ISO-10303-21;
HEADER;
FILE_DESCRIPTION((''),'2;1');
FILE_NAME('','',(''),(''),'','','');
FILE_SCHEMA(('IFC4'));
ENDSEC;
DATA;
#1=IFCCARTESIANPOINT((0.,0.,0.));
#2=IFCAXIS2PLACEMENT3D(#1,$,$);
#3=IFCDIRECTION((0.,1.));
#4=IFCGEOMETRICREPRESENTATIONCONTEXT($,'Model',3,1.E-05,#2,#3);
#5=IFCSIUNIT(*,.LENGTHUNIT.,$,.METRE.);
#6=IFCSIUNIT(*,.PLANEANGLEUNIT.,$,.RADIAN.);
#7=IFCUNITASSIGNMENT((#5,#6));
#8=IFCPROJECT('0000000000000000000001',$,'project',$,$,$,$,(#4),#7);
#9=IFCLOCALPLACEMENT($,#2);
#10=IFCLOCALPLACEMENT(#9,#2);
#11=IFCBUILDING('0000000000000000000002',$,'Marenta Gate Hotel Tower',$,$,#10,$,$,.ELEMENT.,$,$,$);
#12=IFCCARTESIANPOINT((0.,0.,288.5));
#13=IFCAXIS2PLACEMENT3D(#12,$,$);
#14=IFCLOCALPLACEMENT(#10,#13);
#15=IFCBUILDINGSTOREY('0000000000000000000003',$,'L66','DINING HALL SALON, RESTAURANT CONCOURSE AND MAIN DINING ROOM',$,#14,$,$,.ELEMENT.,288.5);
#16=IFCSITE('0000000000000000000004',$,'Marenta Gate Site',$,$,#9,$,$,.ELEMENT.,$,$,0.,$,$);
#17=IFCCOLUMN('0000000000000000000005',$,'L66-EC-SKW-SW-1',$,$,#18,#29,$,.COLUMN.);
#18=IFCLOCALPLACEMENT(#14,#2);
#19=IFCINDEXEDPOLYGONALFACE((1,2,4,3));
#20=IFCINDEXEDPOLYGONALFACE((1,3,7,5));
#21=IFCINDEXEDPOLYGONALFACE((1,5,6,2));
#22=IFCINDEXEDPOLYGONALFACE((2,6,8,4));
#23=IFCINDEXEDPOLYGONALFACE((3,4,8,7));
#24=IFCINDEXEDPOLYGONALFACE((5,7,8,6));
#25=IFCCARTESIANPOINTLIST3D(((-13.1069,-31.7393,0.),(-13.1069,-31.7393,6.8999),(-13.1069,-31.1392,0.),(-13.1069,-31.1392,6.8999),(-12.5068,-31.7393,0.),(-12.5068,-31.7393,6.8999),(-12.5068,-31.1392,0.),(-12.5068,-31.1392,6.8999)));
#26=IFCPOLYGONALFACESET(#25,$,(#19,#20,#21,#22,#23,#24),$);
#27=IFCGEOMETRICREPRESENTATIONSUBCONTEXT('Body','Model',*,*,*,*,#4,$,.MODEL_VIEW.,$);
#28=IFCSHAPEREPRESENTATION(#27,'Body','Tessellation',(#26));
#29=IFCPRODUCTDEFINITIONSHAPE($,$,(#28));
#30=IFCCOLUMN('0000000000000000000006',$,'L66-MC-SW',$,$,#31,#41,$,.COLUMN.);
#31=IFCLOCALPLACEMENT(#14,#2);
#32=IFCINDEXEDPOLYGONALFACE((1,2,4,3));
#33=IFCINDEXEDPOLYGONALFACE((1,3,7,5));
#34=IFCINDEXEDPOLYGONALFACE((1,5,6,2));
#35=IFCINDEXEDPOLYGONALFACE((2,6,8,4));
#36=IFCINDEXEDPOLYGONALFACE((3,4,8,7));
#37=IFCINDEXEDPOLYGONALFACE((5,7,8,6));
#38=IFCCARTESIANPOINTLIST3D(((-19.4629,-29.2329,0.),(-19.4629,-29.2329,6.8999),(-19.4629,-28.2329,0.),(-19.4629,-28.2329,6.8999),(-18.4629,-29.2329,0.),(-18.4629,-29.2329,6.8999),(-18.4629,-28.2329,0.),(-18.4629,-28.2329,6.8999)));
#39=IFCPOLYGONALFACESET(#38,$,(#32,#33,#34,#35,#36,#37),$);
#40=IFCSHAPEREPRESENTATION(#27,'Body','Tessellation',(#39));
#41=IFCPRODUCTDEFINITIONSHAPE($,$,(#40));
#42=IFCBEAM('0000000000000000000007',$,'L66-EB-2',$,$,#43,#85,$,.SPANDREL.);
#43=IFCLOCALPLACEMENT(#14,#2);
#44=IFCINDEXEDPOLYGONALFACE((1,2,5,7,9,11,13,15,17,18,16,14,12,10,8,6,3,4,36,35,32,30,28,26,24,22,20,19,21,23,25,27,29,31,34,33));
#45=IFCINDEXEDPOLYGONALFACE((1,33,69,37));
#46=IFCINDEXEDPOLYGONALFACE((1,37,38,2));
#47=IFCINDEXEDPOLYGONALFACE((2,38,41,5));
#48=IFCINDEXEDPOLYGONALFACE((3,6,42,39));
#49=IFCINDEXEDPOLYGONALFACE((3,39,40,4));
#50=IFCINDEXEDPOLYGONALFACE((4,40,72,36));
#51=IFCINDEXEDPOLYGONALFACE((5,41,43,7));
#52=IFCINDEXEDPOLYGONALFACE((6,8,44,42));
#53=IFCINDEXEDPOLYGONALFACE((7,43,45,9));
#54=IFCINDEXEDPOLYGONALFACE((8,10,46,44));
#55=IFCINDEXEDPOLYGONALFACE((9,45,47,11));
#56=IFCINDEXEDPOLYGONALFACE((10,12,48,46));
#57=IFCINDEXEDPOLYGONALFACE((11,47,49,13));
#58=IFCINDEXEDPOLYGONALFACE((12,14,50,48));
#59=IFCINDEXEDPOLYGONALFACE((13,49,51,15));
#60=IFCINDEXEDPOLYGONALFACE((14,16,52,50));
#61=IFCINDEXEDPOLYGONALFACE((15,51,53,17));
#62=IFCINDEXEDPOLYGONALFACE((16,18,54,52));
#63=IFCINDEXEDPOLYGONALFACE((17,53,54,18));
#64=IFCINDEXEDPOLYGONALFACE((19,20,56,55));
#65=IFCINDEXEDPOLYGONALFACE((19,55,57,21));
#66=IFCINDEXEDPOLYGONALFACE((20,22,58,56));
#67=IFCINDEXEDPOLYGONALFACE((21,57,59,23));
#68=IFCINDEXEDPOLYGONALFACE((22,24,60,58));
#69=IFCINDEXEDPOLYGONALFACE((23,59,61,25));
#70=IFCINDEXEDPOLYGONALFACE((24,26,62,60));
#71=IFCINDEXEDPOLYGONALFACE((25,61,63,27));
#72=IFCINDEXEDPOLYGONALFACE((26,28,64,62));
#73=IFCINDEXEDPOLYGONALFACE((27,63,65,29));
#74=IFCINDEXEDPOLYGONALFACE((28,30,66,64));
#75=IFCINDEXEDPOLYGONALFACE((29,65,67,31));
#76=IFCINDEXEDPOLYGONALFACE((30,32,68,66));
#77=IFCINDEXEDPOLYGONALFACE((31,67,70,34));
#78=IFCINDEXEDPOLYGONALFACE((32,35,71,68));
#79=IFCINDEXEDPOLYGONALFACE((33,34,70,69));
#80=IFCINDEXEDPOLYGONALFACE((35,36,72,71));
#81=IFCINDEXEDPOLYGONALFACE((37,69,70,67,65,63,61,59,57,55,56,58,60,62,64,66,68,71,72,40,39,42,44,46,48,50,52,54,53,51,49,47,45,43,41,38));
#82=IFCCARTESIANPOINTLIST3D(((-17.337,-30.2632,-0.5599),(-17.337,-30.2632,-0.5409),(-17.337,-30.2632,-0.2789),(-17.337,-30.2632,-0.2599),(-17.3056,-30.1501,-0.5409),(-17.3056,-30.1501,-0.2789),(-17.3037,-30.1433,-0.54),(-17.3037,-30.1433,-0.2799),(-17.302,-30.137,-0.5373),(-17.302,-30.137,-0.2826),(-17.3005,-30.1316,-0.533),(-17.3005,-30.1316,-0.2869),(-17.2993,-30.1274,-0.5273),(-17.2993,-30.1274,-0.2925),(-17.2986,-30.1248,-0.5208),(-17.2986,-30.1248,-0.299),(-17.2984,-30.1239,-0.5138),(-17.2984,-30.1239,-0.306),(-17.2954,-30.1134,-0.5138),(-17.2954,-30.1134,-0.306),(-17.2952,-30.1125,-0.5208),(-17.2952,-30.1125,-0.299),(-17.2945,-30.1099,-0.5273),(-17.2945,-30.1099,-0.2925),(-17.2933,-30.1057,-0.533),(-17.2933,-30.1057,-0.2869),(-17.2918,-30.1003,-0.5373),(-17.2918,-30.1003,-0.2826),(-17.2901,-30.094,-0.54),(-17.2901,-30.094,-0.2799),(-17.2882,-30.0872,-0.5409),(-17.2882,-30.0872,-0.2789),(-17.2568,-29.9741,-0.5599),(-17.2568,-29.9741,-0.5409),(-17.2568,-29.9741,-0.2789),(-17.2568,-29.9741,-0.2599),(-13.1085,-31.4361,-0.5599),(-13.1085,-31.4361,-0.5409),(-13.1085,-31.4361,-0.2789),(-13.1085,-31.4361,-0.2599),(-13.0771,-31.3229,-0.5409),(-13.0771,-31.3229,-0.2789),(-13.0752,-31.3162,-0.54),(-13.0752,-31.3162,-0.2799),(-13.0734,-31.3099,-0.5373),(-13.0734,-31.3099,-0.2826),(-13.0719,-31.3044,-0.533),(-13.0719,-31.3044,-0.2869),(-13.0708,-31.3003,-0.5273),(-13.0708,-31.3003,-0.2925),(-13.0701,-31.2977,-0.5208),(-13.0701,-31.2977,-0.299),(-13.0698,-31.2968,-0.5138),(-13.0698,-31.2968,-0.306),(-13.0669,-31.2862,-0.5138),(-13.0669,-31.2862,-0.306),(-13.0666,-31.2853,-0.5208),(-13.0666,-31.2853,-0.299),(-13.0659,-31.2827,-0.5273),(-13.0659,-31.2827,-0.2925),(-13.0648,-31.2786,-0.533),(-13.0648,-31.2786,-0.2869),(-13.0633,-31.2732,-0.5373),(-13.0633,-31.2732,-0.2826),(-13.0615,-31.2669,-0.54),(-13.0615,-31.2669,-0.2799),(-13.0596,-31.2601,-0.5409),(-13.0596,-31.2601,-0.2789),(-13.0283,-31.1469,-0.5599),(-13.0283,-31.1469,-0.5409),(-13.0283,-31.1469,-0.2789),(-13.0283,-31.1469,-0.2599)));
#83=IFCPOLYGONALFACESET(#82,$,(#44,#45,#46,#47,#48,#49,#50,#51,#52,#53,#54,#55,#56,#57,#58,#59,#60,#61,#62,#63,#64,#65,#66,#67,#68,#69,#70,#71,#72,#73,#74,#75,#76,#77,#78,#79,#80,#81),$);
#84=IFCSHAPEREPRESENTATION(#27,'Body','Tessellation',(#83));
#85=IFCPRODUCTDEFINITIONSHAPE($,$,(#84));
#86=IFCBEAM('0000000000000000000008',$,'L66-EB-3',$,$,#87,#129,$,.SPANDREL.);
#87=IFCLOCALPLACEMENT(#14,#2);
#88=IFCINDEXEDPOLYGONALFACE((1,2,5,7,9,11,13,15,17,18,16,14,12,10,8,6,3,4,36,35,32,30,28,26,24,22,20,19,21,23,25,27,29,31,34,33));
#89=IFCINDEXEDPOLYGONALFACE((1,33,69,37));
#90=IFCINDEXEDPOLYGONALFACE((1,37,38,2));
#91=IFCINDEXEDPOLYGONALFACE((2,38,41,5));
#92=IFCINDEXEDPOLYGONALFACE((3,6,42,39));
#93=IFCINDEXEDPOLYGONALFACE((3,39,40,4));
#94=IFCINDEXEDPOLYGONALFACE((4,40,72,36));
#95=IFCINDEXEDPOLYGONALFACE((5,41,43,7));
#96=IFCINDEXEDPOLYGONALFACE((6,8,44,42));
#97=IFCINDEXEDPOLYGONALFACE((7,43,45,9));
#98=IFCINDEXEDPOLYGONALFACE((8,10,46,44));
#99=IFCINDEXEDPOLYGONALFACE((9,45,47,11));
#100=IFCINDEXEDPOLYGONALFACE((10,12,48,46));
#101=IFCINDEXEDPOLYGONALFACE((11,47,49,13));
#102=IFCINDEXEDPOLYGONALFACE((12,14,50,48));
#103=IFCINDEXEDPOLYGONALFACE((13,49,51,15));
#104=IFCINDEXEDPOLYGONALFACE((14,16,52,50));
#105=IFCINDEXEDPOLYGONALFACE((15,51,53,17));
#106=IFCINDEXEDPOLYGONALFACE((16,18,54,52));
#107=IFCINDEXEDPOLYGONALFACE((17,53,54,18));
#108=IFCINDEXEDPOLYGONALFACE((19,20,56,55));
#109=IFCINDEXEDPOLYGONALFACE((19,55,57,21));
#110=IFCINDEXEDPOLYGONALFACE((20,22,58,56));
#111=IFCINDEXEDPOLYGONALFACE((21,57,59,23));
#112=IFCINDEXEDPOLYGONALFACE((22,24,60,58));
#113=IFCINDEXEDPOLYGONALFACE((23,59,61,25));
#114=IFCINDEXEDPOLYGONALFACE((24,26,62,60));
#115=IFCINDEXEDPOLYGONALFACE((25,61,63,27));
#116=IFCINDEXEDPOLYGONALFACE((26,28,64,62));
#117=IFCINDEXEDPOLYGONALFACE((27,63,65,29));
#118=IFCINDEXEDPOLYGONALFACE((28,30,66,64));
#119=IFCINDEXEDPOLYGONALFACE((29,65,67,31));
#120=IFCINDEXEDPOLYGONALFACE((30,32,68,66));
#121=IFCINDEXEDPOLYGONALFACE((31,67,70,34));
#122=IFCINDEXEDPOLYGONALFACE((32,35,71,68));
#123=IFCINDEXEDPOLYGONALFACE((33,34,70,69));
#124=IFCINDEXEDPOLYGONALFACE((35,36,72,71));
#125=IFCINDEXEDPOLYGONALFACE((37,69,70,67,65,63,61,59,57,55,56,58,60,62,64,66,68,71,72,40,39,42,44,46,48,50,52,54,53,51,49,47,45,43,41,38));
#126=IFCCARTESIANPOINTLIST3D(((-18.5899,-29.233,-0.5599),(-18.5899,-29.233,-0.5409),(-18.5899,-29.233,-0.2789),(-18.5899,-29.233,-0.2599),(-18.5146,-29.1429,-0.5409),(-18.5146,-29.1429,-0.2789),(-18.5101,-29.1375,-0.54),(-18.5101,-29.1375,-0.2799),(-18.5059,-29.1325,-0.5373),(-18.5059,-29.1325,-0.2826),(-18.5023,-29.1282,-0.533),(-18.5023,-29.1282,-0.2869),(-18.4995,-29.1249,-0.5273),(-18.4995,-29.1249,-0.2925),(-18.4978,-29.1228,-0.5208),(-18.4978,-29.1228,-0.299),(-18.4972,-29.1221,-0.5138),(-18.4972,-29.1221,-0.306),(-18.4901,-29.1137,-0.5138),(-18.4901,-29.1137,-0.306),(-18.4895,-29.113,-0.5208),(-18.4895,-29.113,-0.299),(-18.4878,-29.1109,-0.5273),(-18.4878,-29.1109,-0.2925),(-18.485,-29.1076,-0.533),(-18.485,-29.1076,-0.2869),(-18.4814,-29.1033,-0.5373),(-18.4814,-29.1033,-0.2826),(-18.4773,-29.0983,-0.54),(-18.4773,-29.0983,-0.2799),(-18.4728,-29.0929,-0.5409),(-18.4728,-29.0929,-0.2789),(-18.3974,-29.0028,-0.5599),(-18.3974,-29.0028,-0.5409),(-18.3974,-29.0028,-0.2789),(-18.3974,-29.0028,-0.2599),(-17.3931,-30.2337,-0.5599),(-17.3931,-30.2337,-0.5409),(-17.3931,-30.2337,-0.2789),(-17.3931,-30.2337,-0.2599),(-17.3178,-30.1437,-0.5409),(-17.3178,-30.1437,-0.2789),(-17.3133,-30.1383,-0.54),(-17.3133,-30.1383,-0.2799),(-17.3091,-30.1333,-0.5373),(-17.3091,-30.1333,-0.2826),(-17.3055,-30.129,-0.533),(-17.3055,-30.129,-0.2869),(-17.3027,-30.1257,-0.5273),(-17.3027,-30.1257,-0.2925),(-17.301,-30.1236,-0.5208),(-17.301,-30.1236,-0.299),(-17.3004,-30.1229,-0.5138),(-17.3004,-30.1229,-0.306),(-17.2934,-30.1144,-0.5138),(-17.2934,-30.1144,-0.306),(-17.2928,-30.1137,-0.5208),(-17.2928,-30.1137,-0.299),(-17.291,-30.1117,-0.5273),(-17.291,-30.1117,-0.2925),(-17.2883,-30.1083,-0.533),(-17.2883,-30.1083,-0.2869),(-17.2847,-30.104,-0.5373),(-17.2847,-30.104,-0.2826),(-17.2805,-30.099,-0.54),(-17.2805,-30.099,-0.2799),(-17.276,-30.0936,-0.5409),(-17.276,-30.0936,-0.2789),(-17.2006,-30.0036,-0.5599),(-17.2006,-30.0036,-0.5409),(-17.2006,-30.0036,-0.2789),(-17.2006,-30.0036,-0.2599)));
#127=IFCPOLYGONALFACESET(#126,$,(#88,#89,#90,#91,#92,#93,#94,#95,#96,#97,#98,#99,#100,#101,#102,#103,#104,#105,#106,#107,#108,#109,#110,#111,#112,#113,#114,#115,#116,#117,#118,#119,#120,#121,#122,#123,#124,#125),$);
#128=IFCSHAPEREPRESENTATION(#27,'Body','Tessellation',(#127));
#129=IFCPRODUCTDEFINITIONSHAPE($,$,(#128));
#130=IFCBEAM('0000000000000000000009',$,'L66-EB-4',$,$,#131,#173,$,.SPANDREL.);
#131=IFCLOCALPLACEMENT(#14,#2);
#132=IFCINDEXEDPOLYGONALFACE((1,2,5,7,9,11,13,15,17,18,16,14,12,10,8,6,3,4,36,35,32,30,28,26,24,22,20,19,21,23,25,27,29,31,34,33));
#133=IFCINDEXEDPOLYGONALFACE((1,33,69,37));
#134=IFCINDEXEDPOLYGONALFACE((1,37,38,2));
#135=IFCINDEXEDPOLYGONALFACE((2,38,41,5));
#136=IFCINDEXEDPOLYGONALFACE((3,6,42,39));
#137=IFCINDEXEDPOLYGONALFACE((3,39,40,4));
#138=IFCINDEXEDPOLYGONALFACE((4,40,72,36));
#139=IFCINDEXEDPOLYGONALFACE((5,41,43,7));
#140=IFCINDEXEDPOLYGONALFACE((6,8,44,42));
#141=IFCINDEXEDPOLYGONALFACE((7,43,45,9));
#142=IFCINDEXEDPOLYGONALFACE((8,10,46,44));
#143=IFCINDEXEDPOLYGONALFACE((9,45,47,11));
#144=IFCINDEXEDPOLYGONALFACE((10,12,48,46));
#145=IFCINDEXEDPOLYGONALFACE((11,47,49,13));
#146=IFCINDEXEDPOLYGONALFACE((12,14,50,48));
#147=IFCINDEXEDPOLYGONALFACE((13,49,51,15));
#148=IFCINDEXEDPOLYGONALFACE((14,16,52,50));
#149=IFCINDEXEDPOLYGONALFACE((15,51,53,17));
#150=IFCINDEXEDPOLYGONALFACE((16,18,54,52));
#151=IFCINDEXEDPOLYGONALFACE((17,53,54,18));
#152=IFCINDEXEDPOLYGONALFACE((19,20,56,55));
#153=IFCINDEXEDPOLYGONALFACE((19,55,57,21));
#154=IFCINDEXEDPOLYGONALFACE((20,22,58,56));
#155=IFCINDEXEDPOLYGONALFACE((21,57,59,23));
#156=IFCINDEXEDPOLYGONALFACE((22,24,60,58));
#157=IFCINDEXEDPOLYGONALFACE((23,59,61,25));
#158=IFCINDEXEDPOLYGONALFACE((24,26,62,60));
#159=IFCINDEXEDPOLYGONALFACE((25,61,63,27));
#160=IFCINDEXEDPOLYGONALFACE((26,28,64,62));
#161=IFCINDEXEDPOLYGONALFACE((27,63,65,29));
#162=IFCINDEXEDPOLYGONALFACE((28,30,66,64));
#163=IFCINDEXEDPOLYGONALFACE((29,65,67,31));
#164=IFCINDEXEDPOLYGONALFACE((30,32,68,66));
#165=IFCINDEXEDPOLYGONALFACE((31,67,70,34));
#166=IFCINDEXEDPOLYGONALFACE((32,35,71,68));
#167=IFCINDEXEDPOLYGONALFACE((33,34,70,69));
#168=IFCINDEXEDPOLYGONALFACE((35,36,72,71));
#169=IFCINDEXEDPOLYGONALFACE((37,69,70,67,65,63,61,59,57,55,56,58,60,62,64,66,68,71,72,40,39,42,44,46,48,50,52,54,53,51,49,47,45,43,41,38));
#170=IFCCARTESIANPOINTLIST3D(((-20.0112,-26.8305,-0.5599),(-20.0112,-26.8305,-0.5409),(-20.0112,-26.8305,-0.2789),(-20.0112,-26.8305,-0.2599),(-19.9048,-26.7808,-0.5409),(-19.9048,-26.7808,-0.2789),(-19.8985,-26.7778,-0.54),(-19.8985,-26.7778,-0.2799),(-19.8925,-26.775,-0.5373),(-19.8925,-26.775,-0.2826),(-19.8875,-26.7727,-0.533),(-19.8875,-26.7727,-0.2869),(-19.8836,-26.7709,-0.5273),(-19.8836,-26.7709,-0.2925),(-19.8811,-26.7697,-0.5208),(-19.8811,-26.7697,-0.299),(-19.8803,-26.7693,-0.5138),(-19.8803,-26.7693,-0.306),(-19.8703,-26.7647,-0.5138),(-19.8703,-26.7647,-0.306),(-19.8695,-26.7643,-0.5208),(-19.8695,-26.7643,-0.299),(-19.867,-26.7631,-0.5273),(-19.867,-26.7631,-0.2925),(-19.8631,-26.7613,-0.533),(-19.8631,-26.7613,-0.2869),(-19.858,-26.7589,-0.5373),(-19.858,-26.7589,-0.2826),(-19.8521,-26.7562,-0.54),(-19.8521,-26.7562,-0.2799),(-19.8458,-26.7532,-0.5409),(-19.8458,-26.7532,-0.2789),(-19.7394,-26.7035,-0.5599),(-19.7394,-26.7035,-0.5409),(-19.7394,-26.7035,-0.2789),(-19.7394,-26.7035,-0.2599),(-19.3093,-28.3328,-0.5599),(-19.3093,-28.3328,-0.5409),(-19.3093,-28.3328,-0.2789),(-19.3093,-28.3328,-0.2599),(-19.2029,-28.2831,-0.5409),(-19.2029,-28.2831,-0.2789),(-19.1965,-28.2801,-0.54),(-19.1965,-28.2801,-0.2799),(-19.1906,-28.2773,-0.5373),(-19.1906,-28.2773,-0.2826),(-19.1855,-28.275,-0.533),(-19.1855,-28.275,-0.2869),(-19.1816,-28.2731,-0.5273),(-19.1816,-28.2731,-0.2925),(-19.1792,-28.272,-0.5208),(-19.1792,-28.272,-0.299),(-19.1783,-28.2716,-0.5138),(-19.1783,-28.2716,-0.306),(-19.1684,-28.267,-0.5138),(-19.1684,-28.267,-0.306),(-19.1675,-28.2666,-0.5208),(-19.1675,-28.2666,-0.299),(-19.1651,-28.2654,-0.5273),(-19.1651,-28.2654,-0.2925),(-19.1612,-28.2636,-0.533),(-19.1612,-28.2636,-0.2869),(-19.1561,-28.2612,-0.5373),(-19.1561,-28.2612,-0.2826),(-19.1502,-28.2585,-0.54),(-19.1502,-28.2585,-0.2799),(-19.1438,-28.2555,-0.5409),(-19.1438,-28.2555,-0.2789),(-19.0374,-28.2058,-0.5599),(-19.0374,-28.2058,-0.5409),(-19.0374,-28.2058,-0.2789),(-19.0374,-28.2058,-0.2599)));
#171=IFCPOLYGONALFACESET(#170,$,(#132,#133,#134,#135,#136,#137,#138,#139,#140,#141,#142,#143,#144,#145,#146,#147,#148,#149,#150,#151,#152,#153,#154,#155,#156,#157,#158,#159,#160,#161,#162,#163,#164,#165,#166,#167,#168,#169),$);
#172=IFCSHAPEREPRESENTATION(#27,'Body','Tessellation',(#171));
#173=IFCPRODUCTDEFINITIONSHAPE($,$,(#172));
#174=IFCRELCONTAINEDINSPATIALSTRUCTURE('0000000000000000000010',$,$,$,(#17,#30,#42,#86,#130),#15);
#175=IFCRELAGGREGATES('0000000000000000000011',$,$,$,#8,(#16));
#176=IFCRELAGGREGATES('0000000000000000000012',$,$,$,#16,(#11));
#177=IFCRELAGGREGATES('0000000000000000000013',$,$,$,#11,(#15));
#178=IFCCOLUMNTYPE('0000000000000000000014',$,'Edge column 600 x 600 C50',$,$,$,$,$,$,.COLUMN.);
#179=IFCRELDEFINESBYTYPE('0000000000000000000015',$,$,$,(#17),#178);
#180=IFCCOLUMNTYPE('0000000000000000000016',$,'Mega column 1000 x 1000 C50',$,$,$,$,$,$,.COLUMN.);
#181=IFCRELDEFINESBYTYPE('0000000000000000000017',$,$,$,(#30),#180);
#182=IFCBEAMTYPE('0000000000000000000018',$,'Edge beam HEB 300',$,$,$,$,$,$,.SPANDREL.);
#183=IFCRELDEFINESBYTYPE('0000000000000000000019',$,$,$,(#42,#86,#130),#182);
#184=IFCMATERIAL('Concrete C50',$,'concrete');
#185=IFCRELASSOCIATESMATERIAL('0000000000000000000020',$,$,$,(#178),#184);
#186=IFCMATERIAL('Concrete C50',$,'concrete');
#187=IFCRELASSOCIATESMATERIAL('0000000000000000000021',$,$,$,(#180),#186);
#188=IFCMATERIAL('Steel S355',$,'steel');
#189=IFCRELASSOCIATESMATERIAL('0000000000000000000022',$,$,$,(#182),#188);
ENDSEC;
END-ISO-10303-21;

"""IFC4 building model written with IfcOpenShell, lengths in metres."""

from ifc_helpers import new_model, si_unit, direction, frame, origin, origin_2d, place, context, subcontext, project, spatial, rectangle, i_section, extrude, material, material_profile, profile_set, type_object, element, save


model = new_model("IFC4")

# Units and contexts
model_context = context("Model", 3, precision=1e-05, world=origin(), true_north=direction((0.0, 1.0)))
body_context = subcontext(model_context, "Body", "Model", "MODEL_VIEW")
ifc_project = project(units=[si_unit("LENGTHUNIT", "METRE"), si_unit("PLANEANGLEUNIT", "RADIAN")], contexts=[model_context])

# Site, building, storey
site_placement = place(None, origin())
site = spatial("IfcSite", under=ifc_project, at=site_placement, Name="Marenta Gate Site", CompositionType="ELEMENT", RefElevation=0.0)
building_placement = place(site_placement, origin())
building = spatial("IfcBuilding", under=site, at=building_placement, Name="Marenta Gate Hotel Tower", CompositionType="ELEMENT")
storey_placement = place(building_placement, frame((0.0, 0.0, 288.5)))
storey = spatial("IfcBuildingStorey", under=building, at=storey_placement, Name="L66", Description="DINING HALL SALON, RESTAURANT CONCOURSE AND MAIN DINING ROOM", CompositionType="ELEMENT", Elevation=288.5)

# Columns
ifc_material_1 = material(Name="Concrete C50", Category="concrete")
ifc_material_profile_1 = material_profile(ifc_material_1, rectangle(XDim=0.6001, YDim=0.6001, at=origin_2d()), Name="600 x 600")
ifc_profile_set_1 = profile_set([ifc_material_profile_1], Name="Concrete C50")
column_type_1 = type_object("IfcColumnType", Name="Edge column 600 x 600 C50", PredefinedType="COLUMN", material=ifc_profile_set_1)
column_1_placement = place(storey_placement, frame((-12.8069, -31.4392, 0.0), z_axis=(0.0, 0.0, 1.0), x_axis=(1.0, 0.0, 0.0)))
element("IfcColumn", 1, at=column_1_placement, inside=storey, type_object=column_type_1, Name="L66-EC-SKW-SW-1", PredefinedType="COLUMN", context=body_context, shape_type="SweptSolid", body=[
    extrude(rectangle(XDim=0.6001, YDim=0.6001, at=origin_2d()), origin(), (0.0, 0.0, 1.0), 6.8999),
])
ifc_material_2 = material(Name="Concrete C50", Category="concrete")
ifc_material_profile_2 = material_profile(ifc_material_2, rectangle(XDim=1.0, YDim=1.0, at=origin_2d()), Name="1000 x 1000")
ifc_profile_set_2 = profile_set([ifc_material_profile_2], Name="Concrete C50")
column_type_2 = type_object("IfcColumnType", Name="Mega column 1000 x 1000 C50", PredefinedType="COLUMN", material=ifc_profile_set_2)
column_2_placement = place(storey_placement, frame((-18.9629, -28.7329, 0.0), z_axis=(0.0, 0.0, 1.0), x_axis=(1.0, 0.0, 0.0)))
element("IfcColumn", 2, at=column_2_placement, inside=storey, type_object=column_type_2, Name="L66-MC-SW", PredefinedType="COLUMN", context=body_context, shape_type="SweptSolid", body=[
    extrude(rectangle(XDim=1.0, YDim=1.0, at=origin_2d()), origin(), (0.0, 0.0, 1.0), 6.8999),
])

# Beams
ifc_material_3 = material(Name="Steel S355", Category="steel")
ifc_material_profile_3 = material_profile(ifc_material_3, i_section(OverallWidth=0.3, OverallDepth=0.3, WebThickness=0.011, FlangeThickness=0.019, FilletRadius=0.0271, at=origin_2d()), Name="HEB 300")
ifc_profile_set_3 = profile_set([ifc_material_profile_3], Name="Steel S355")
beam_type = type_object("IfcBeamType", Name="Edge beam HEB 300", PredefinedType="SPANDREL", material=ifc_profile_set_3)
beam_1_placement = place(storey_placement, frame((-13.0684, -31.2915, -0.4099), z_axis=(-0.96362, 0.267277, 0.0), x_axis=(-0.267277, -0.96362, 0.0)))
element("IfcBeam", 3, at=beam_1_placement, inside=storey, type_object=beam_type, Name="L66-EB-2", PredefinedType="SPANDREL", context=body_context, shape_type="SweptSolid", body=[
    extrude(i_section(OverallWidth=0.3, OverallDepth=0.3, WebThickness=0.011, FlangeThickness=0.019, FilletRadius=0.0271, at=origin_2d()), origin(), (0.0, 0.0, 1.0), 4.3882),
])
beam_2_placement = place(storey_placement, frame((-17.2969, -30.1187, -0.4099), z_axis=(-0.767143, 0.641477, 0.0), x_axis=(-0.641477, -0.767143, 0.0)))
element("IfcBeam", 4, at=beam_2_placement, inside=storey, type_object=beam_type, Name="L66-EB-3", PredefinedType="SPANDREL", context=body_context, shape_type="SweptSolid", body=[
    extrude(i_section(OverallWidth=0.3, OverallDepth=0.3, WebThickness=0.011, FlangeThickness=0.019, FilletRadius=0.0271, at=origin_2d()), origin(), (0.0, 0.0, 1.0), 1.5601),
])
beam_3_placement = place(storey_placement, frame((-19.1733, -28.2693, -0.4099), z_axis=(-0.423321, 0.90598, 0.0), x_axis=(-0.90598, -0.423321, 0.0)))
element("IfcBeam", 5, at=beam_3_placement, inside=storey, type_object=beam_type, Name="L66-EB-4", PredefinedType="SPANDREL", context=body_context, shape_type="SweptSolid", body=[
    extrude(i_section(OverallWidth=0.3, OverallDepth=0.3, WebThickness=0.011, FlangeThickness=0.019, FilletRadius=0.0271, at=origin_2d()), origin(), (0.0, 0.0, 1.0), 1.6582),
])

save(model, "model.ifc")
